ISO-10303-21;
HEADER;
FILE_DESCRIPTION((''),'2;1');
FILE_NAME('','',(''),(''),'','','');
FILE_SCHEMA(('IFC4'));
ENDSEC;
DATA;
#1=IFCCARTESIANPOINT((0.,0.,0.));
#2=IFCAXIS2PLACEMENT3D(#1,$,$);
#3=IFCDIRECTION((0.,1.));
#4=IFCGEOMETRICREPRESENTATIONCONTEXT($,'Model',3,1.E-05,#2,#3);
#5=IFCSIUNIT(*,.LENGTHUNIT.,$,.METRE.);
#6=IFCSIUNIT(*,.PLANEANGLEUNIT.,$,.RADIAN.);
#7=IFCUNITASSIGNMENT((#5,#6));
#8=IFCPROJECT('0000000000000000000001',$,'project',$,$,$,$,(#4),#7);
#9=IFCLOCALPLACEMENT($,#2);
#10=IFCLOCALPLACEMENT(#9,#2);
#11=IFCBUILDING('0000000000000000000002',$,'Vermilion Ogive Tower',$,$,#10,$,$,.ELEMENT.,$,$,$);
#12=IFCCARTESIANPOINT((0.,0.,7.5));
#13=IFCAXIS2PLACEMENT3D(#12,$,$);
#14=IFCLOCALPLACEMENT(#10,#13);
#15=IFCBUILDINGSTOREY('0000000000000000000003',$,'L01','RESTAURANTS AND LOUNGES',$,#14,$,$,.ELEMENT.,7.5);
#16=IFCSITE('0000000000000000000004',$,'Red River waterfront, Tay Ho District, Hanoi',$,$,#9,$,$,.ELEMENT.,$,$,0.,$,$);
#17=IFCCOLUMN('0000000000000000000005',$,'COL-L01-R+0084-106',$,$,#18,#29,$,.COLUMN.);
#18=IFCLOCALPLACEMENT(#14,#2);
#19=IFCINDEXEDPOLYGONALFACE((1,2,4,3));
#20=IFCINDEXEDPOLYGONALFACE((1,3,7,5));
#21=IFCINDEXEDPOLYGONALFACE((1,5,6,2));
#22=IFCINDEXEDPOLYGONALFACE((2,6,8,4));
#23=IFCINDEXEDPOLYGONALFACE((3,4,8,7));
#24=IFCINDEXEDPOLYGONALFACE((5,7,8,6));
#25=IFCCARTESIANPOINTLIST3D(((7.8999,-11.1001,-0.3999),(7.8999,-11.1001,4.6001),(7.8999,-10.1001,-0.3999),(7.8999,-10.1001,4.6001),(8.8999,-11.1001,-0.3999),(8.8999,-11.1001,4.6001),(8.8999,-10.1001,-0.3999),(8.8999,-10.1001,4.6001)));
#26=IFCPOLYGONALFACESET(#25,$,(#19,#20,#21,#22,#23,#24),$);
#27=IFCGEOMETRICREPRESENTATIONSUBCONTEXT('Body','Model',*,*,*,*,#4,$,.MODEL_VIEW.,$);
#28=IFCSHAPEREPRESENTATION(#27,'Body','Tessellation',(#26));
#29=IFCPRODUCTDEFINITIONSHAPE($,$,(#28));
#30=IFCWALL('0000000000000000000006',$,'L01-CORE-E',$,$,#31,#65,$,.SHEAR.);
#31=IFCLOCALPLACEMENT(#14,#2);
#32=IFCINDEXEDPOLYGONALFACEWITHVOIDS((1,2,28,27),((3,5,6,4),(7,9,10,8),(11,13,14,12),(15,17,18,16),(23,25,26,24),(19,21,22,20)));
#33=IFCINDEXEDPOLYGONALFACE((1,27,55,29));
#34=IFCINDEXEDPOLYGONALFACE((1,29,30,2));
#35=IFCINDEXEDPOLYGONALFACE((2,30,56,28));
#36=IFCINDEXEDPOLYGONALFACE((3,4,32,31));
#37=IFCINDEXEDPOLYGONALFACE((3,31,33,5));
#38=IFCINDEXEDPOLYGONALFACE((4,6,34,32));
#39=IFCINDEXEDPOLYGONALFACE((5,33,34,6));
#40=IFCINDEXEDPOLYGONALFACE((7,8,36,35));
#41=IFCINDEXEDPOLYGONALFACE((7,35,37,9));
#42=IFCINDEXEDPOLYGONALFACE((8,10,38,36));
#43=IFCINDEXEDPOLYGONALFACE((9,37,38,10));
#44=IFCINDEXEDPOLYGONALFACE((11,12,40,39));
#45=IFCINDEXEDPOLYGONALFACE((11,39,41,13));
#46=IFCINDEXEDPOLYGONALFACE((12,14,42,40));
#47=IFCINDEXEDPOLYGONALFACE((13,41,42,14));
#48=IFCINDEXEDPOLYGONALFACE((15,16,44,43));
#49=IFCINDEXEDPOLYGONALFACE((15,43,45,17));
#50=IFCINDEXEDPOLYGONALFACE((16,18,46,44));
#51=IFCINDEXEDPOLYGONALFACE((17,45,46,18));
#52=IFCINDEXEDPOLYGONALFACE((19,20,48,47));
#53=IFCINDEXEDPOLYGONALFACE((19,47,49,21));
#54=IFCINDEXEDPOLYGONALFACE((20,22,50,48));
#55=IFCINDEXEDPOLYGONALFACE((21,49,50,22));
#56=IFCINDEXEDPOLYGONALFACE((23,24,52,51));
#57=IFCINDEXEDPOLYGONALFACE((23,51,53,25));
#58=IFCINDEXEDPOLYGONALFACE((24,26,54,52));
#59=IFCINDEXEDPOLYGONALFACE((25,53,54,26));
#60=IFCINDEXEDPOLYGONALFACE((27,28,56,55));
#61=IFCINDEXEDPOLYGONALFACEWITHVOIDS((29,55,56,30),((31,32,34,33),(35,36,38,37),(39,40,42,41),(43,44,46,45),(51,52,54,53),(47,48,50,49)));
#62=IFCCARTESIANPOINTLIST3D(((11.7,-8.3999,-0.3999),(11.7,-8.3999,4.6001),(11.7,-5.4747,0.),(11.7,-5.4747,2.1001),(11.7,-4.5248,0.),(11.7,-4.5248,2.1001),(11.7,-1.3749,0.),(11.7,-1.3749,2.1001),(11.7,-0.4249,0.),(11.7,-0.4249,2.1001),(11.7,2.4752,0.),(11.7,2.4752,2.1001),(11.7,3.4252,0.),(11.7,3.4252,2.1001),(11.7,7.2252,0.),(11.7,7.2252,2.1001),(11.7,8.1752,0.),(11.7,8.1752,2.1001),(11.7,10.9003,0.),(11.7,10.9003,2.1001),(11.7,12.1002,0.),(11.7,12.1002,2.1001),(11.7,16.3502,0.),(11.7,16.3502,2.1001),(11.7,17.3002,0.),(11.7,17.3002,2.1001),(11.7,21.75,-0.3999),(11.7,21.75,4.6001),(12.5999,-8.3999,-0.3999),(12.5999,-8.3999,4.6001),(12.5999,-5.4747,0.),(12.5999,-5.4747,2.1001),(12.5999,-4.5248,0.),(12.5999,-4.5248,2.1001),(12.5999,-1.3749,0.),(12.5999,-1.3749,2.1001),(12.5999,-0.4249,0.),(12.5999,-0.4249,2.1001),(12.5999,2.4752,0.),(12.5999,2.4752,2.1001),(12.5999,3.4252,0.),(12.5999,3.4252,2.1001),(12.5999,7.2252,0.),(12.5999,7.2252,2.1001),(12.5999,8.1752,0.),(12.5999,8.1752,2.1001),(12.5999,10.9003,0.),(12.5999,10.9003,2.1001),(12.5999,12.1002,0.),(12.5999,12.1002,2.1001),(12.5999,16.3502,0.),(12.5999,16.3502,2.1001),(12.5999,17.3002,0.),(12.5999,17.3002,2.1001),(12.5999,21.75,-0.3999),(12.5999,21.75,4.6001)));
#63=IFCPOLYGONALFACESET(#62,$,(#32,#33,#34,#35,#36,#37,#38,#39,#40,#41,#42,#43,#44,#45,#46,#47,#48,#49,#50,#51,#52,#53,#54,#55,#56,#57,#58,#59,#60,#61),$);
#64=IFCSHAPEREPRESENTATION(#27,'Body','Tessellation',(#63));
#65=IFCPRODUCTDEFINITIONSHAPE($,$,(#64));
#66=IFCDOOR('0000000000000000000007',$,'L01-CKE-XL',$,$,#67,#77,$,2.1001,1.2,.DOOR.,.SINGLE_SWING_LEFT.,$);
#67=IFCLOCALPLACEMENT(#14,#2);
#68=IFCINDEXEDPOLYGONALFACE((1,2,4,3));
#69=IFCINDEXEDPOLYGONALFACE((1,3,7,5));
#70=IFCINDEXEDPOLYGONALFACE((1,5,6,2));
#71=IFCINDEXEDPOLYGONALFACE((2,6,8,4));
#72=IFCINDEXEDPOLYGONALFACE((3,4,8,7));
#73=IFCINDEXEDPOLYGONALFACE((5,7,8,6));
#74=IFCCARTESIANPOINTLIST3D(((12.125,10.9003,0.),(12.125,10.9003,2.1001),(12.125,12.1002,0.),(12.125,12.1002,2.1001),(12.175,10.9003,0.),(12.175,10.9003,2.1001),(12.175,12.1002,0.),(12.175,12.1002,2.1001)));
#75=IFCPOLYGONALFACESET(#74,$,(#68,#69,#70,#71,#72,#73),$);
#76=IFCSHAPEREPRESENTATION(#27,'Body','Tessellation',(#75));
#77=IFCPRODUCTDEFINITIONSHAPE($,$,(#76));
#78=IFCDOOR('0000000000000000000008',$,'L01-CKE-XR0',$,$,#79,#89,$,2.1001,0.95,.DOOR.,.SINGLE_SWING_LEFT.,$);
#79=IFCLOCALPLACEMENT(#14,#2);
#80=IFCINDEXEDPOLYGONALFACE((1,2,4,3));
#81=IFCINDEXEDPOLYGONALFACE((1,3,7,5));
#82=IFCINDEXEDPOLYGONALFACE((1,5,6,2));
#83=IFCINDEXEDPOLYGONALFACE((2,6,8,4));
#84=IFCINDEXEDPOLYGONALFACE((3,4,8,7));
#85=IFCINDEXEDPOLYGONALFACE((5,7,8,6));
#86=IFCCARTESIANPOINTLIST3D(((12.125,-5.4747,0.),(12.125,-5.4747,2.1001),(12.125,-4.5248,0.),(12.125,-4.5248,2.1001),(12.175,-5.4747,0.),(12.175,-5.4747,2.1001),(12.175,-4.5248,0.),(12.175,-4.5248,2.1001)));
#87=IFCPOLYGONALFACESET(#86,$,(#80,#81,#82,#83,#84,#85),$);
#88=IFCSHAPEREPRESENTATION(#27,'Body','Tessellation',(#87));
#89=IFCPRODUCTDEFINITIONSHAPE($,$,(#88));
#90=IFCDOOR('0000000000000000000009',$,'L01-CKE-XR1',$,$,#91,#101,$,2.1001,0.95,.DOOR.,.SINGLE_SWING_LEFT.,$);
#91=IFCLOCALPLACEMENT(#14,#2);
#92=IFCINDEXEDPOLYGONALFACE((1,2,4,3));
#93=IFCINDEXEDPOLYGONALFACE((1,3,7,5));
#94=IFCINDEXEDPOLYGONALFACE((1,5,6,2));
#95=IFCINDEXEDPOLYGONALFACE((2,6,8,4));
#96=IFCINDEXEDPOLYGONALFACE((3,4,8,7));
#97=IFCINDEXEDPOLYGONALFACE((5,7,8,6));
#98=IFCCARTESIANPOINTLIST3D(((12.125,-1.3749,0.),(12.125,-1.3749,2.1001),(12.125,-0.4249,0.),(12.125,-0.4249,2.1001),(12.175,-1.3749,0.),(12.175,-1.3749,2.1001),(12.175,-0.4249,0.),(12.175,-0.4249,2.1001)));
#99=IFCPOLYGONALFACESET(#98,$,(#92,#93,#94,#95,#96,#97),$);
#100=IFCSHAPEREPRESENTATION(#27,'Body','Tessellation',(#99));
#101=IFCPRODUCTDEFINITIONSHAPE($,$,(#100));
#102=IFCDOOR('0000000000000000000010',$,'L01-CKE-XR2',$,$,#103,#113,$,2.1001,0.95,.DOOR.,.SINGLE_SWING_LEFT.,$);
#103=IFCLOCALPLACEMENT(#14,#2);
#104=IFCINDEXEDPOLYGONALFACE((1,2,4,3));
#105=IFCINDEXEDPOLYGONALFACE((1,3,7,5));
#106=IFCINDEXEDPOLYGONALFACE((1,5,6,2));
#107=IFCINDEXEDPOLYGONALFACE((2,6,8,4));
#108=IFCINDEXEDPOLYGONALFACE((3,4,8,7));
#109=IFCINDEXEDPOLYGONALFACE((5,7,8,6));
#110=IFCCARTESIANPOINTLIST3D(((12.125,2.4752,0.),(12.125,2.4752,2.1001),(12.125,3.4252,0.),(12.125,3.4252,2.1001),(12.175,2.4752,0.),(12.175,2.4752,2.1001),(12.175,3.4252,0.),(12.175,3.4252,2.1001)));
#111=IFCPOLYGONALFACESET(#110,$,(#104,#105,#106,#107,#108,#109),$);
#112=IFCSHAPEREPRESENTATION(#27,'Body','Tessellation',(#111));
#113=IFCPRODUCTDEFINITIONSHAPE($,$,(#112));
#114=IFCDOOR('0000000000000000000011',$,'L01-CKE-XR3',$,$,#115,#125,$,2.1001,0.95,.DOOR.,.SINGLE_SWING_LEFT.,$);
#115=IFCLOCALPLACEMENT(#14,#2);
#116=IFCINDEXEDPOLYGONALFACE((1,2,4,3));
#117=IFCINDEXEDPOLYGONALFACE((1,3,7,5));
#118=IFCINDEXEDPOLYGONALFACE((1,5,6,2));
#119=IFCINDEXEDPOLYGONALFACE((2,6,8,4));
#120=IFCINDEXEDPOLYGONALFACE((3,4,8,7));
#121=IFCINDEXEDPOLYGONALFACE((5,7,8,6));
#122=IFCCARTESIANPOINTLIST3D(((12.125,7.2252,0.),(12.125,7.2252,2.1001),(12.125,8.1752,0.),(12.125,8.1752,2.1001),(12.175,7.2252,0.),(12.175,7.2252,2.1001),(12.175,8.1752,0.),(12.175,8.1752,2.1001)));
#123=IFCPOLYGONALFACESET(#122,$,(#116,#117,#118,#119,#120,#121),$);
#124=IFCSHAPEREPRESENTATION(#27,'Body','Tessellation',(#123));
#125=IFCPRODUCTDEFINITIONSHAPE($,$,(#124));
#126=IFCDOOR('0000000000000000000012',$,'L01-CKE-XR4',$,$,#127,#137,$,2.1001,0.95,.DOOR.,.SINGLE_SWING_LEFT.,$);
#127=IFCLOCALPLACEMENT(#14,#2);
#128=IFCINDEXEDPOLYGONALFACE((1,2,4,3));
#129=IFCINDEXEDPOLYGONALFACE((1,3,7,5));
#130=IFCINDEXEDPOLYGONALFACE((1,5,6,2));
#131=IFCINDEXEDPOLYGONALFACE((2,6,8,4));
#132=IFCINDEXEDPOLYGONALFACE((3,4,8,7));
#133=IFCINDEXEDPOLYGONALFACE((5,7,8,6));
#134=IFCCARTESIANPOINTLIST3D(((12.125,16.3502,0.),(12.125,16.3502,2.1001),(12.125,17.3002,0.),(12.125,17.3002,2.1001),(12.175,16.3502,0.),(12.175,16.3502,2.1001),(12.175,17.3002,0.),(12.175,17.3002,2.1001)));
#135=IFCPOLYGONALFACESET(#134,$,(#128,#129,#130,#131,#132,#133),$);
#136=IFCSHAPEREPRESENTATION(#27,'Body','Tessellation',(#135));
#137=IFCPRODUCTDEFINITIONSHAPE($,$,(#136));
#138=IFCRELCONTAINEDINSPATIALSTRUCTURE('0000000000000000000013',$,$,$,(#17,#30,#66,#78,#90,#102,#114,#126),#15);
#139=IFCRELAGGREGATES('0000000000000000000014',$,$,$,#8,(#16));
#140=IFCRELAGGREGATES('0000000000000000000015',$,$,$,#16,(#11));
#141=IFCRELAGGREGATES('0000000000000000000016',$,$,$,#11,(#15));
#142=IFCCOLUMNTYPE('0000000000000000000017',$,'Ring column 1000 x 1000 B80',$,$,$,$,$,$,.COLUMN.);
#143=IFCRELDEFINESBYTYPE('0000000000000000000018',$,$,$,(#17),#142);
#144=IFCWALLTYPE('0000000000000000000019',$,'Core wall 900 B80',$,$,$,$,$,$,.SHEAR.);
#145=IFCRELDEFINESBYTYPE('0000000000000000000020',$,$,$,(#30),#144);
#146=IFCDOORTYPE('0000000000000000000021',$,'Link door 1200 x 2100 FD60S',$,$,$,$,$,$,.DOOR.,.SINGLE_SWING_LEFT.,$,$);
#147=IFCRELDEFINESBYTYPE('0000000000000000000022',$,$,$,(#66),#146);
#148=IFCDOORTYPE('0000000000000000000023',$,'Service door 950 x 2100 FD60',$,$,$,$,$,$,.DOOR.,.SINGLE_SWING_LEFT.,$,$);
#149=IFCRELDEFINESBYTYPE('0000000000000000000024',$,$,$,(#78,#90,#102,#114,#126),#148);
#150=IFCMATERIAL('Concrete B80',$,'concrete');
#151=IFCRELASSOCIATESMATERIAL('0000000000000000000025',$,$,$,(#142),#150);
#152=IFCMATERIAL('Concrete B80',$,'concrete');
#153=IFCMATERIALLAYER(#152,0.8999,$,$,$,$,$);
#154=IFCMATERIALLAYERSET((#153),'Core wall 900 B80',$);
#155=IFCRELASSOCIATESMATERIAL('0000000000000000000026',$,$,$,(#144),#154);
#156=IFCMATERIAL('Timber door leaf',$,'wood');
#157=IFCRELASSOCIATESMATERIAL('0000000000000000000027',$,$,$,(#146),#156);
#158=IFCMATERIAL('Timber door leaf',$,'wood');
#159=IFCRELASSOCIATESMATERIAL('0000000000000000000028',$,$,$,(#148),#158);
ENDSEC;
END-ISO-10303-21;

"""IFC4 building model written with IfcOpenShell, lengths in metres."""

from ifc_helpers import new_model, si_unit, direction, frame, frame_2d, origin, origin_2d, place, context, subcontext, project, spatial, rectangle, extrude, material, layer, layer_set, material_profile, profile_set, type_object, element, fill, save


model = new_model("IFC4")

# Units and contexts
model_context = context("Model", 3, precision=1e-05, world=origin(), true_north=direction((0.0, 1.0)))
body_context = subcontext(model_context, "Body", "Model", "MODEL_VIEW")
ifc_project = project(units=[si_unit("LENGTHUNIT", "METRE"), si_unit("PLANEANGLEUNIT", "RADIAN")], contexts=[model_context])

# Site, building, storey
site_placement = place(None, origin())
site = spatial("IfcSite", under=ifc_project, at=site_placement, Name="Red River waterfront, Tay Ho District, Hanoi", CompositionType="ELEMENT", RefElevation=0.0)
building_placement = place(site_placement, origin())
building = spatial("IfcBuilding", under=site, at=building_placement, Name="Vermilion Ogive Tower", CompositionType="ELEMENT")
storey_placement = place(building_placement, frame((0.0, 0.0, 7.5)))
storey = spatial("IfcBuildingStorey", under=building, at=storey_placement, Name="L01", Description="RESTAURANTS AND LOUNGES", CompositionType="ELEMENT", Elevation=7.5)

# Column
ifc_material_1 = material(Name="Concrete B80", Category="concrete")
ifc_material_profile = material_profile(ifc_material_1, rectangle(XDim=1.0, YDim=1.0, at=origin_2d()), Name="1000 x 1000")
ifc_profile_set = profile_set([ifc_material_profile], Name="Concrete B80")
column_type = type_object("IfcColumnType", Name="Ring column 1000 x 1000 B80", PredefinedType="COLUMN", material=ifc_profile_set)
column_placement = place(storey_placement, frame((8.3999, -10.6001, -0.3999), z_axis=(0.0, 0.0, 1.0), x_axis=(1.0, 0.0, 0.0)))
element("IfcColumn", 1, at=column_placement, inside=storey, type_object=column_type, Name="COL-L01-R+0084-106", PredefinedType="COLUMN", context=body_context, shape_type="SweptSolid", body=[
    extrude(rectangle(XDim=1.0, YDim=1.0, at=origin_2d()), origin(), (0.0, 0.0, 1.0), 5.0),
])

# Wall, openings, doors
ifc_material_2 = material(Name="Concrete B80", Category="concrete")
ifc_layer_1 = layer(ifc_material_2, 0.8999)
ifc_layer_set_1 = layer_set([ifc_layer_1], Name="Core wall 900 B80")
wall_type_1 = type_object("IfcWallType", Name="Core wall 900 B80", PredefinedType="SHEAR", material=ifc_layer_set_1)
wall_1_placement = place(storey_placement, frame((12.1499, -8.3999, -0.3999), z_axis=(0.0, 0.0, 1.0), x_axis=(0.0, 1.0, 0.0)))
wall_1 = element("IfcWall", 2, at=wall_1_placement, inside=storey, type_object=wall_type_1, Name="L01-CORE-E", PredefinedType="SHEAR", context=body_context, shape_type="SweptSolid", body=[
    extrude(rectangle(XDim=30.1499, YDim=0.8999, at=frame_2d((15.075, 0.0))), origin(), (0.0, 0.0, 1.0), 5.0),
])
opening_1_placement = place(wall_1_placement, frame((2.925, 0.0, 0.3999)))
opening_1 = element("IfcOpeningElement", 3, at=opening_1_placement, cuts=wall_1, PredefinedType="OPENING", context=body_context, shape_type="SweptSolid", body=[
    extrude(rectangle(XDim=0.95, YDim=2.1001, at=frame_2d((0.4751, 1.05))), frame((0.0, 0.46, 0.0), z_axis=(0.0, -1.0, 0.0), x_axis=(1.0, 0.0, 0.0)), (0.0, 0.0, 1.0), 0.9199),
])
opening_2_placement = place(wall_1_placement, frame((7.0249, 0.0, 0.3999)))
opening_2 = element("IfcOpeningElement", 4, at=opening_2_placement, cuts=wall_1, PredefinedType="OPENING", context=body_context, shape_type="SweptSolid", body=[
    extrude(rectangle(XDim=0.95, YDim=2.1001, at=frame_2d((0.4751, 1.05))), frame((0.0, 0.46, 0.0), z_axis=(0.0, -1.0, 0.0), x_axis=(1.0, 0.0, 0.0)), (0.0, 0.0, 1.0), 0.9199),
])
opening_3_placement = place(wall_1_placement, frame((10.875, 0.0, 0.3999)))
opening_3 = element("IfcOpeningElement", 5, at=opening_3_placement, cuts=wall_1, PredefinedType="OPENING", context=body_context, shape_type="SweptSolid", body=[
    extrude(rectangle(XDim=0.95, YDim=2.1001, at=frame_2d((0.4751, 1.05))), frame((0.0, 0.46, 0.0), z_axis=(0.0, -1.0, 0.0), x_axis=(1.0, 0.0, 0.0)), (0.0, 0.0, 1.0), 0.9199),
])
opening_4_placement = place(wall_1_placement, frame((15.625, 0.0, 0.3999)))
opening_4 = element("IfcOpeningElement", 6, at=opening_4_placement, cuts=wall_1, PredefinedType="OPENING", context=body_context, shape_type="SweptSolid", body=[
    extrude(rectangle(XDim=0.95, YDim=2.1001, at=frame_2d((0.4751, 1.05))), frame((0.0, 0.46, 0.0), z_axis=(0.0, -1.0, 0.0), x_axis=(1.0, 0.0, 0.0)), (0.0, 0.0, 1.0), 0.9199),
])
opening_5_placement = place(wall_1_placement, frame((24.75, 0.0, 0.3999)))
opening_5 = element("IfcOpeningElement", 7, at=opening_5_placement, cuts=wall_1, PredefinedType="OPENING", context=body_context, shape_type="SweptSolid", body=[
    extrude(rectangle(XDim=0.95, YDim=2.1001, at=frame_2d((0.4751, 1.05))), frame((0.0, 0.46, 0.0), z_axis=(0.0, -1.0, 0.0), x_axis=(1.0, 0.0, 0.0)), (0.0, 0.0, 1.0), 0.9199),
])
opening_6_placement = place(wall_1_placement, frame((19.3, 0.0, 0.3999)))
opening_6 = element("IfcOpeningElement", 8, at=opening_6_placement, cuts=wall_1, PredefinedType="OPENING", context=body_context, shape_type="SweptSolid", body=[
    extrude(rectangle(XDim=1.2, YDim=2.1001, at=frame_2d((0.6001, 1.05))), frame((0.0, 0.46, 0.0), z_axis=(0.0, -1.0, 0.0), x_axis=(1.0, 0.0, 0.0)), (0.0, 0.0, 1.0), 0.9199),
])
ifc_material_3 = material(Name="Timber door leaf", Category="wood")
door_type_1 = type_object("IfcDoorType", Name="Link door 1200 x 2100 FD60S", OperationType="SINGLE_SWING_LEFT", PredefinedType="DOOR", material=ifc_material_3)
door_1_placement = place(opening_6_placement, origin())
door_1 = element("IfcDoor", 9, at=door_1_placement, inside=storey, type_object=door_type_1, Name="L01-CKE-XL", OperationType="SINGLE_SWING_LEFT", OverallHeight=2.1001, OverallWidth=1.2, PredefinedType="DOOR", context=body_context, shape_type="SweptSolid", body=[
    extrude(rectangle(XDim=1.2, YDim=2.1001, at=frame_2d((0.6001, 1.05))), frame((0.0, 0.0249, 0.0), z_axis=(0.0, -1.0, 0.0), x_axis=(1.0, 0.0, 0.0)), (0.0, 0.0, 1.0), 0.05),
])
fill(opening_6, door_1)
ifc_material_4 = material(Name="Timber door leaf", Category="wood")
door_type_2 = type_object("IfcDoorType", Name="Service door 950 x 2100 FD60", OperationType="SINGLE_SWING_LEFT", PredefinedType="DOOR", material=ifc_material_4)
door_2_placement = place(opening_1_placement, origin())
door_2 = element("IfcDoor", 10, at=door_2_placement, inside=storey, type_object=door_type_2, Name="L01-CKE-XR0", OperationType="SINGLE_SWING_LEFT", OverallHeight=2.1001, OverallWidth=0.95, PredefinedType="DOOR", context=body_context, shape_type="SweptSolid", body=[
    extrude(rectangle(XDim=0.95, YDim=2.1001, at=frame_2d((0.4751, 1.05))), frame((0.0, 0.0249, 0.0), z_axis=(0.0, -1.0, 0.0), x_axis=(1.0, 0.0, 0.0)), (0.0, 0.0, 1.0), 0.05),
])
fill(opening_1, door_2)
door_3_placement = place(opening_2_placement, origin())
door_3 = element("IfcDoor", 11, at=door_3_placement, inside=storey, type_object=door_type_2, Name="L01-CKE-XR1", OperationType="SINGLE_SWING_LEFT", OverallHeight=2.1001, OverallWidth=0.95, PredefinedType="DOOR", context=body_context, shape_type="SweptSolid", body=[
    extrude(rectangle(XDim=0.95, YDim=2.1001, at=frame_2d((0.4751, 1.05))), frame((0.0, 0.0249, 0.0), z_axis=(0.0, -1.0, 0.0), x_axis=(1.0, 0.0, 0.0)), (0.0, 0.0, 1.0), 0.05),
])
fill(opening_2, door_3)
door_4_placement = place(opening_3_placement, origin())
door_4 = element("IfcDoor", 12, at=door_4_placement, inside=storey, type_object=door_type_2, Name="L01-CKE-XR2", OperationType="SINGLE_SWING_LEFT", OverallHeight=2.1001, OverallWidth=0.95, PredefinedType="DOOR", context=body_context, shape_type="SweptSolid", body=[
    extrude(rectangle(XDim=0.95, YDim=2.1001, at=frame_2d((0.4751, 1.05))), frame((0.0, 0.0249, 0.0), z_axis=(0.0, -1.0, 0.0), x_axis=(1.0, 0.0, 0.0)), (0.0, 0.0, 1.0), 0.05),
])
fill(opening_3, door_4)
door_5_placement = place(opening_4_placement, origin())
door_5 = element("IfcDoor", 13, at=door_5_placement, inside=storey, type_object=door_type_2, Name="L01-CKE-XR3", OperationType="SINGLE_SWING_LEFT", OverallHeight=2.1001, OverallWidth=0.95, PredefinedType="DOOR", context=body_context, shape_type="SweptSolid", body=[
    extrude(rectangle(XDim=0.95, YDim=2.1001, at=frame_2d((0.4751, 1.05))), frame((0.0, 0.0249, 0.0), z_axis=(0.0, -1.0, 0.0), x_axis=(1.0, 0.0, 0.0)), (0.0, 0.0, 1.0), 0.05),
])
fill(opening_4, door_5)
door_6_placement = place(opening_5_placement, origin())
door_6 = element("IfcDoor", 14, at=door_6_placement, inside=storey, type_object=door_type_2, Name="L01-CKE-XR4", OperationType="SINGLE_SWING_LEFT", OverallHeight=2.1001, OverallWidth=0.95, PredefinedType="DOOR", context=body_context, shape_type="SweptSolid", body=[
    extrude(rectangle(XDim=0.95, YDim=2.1001, at=frame_2d((0.4751, 1.05))), frame((0.0, 0.0249, 0.0), z_axis=(0.0, -1.0, 0.0), x_axis=(1.0, 0.0, 0.0)), (0.0, 0.0, 1.0), 0.05),
])
fill(opening_5, door_6)

save(model, "model.ifc")
